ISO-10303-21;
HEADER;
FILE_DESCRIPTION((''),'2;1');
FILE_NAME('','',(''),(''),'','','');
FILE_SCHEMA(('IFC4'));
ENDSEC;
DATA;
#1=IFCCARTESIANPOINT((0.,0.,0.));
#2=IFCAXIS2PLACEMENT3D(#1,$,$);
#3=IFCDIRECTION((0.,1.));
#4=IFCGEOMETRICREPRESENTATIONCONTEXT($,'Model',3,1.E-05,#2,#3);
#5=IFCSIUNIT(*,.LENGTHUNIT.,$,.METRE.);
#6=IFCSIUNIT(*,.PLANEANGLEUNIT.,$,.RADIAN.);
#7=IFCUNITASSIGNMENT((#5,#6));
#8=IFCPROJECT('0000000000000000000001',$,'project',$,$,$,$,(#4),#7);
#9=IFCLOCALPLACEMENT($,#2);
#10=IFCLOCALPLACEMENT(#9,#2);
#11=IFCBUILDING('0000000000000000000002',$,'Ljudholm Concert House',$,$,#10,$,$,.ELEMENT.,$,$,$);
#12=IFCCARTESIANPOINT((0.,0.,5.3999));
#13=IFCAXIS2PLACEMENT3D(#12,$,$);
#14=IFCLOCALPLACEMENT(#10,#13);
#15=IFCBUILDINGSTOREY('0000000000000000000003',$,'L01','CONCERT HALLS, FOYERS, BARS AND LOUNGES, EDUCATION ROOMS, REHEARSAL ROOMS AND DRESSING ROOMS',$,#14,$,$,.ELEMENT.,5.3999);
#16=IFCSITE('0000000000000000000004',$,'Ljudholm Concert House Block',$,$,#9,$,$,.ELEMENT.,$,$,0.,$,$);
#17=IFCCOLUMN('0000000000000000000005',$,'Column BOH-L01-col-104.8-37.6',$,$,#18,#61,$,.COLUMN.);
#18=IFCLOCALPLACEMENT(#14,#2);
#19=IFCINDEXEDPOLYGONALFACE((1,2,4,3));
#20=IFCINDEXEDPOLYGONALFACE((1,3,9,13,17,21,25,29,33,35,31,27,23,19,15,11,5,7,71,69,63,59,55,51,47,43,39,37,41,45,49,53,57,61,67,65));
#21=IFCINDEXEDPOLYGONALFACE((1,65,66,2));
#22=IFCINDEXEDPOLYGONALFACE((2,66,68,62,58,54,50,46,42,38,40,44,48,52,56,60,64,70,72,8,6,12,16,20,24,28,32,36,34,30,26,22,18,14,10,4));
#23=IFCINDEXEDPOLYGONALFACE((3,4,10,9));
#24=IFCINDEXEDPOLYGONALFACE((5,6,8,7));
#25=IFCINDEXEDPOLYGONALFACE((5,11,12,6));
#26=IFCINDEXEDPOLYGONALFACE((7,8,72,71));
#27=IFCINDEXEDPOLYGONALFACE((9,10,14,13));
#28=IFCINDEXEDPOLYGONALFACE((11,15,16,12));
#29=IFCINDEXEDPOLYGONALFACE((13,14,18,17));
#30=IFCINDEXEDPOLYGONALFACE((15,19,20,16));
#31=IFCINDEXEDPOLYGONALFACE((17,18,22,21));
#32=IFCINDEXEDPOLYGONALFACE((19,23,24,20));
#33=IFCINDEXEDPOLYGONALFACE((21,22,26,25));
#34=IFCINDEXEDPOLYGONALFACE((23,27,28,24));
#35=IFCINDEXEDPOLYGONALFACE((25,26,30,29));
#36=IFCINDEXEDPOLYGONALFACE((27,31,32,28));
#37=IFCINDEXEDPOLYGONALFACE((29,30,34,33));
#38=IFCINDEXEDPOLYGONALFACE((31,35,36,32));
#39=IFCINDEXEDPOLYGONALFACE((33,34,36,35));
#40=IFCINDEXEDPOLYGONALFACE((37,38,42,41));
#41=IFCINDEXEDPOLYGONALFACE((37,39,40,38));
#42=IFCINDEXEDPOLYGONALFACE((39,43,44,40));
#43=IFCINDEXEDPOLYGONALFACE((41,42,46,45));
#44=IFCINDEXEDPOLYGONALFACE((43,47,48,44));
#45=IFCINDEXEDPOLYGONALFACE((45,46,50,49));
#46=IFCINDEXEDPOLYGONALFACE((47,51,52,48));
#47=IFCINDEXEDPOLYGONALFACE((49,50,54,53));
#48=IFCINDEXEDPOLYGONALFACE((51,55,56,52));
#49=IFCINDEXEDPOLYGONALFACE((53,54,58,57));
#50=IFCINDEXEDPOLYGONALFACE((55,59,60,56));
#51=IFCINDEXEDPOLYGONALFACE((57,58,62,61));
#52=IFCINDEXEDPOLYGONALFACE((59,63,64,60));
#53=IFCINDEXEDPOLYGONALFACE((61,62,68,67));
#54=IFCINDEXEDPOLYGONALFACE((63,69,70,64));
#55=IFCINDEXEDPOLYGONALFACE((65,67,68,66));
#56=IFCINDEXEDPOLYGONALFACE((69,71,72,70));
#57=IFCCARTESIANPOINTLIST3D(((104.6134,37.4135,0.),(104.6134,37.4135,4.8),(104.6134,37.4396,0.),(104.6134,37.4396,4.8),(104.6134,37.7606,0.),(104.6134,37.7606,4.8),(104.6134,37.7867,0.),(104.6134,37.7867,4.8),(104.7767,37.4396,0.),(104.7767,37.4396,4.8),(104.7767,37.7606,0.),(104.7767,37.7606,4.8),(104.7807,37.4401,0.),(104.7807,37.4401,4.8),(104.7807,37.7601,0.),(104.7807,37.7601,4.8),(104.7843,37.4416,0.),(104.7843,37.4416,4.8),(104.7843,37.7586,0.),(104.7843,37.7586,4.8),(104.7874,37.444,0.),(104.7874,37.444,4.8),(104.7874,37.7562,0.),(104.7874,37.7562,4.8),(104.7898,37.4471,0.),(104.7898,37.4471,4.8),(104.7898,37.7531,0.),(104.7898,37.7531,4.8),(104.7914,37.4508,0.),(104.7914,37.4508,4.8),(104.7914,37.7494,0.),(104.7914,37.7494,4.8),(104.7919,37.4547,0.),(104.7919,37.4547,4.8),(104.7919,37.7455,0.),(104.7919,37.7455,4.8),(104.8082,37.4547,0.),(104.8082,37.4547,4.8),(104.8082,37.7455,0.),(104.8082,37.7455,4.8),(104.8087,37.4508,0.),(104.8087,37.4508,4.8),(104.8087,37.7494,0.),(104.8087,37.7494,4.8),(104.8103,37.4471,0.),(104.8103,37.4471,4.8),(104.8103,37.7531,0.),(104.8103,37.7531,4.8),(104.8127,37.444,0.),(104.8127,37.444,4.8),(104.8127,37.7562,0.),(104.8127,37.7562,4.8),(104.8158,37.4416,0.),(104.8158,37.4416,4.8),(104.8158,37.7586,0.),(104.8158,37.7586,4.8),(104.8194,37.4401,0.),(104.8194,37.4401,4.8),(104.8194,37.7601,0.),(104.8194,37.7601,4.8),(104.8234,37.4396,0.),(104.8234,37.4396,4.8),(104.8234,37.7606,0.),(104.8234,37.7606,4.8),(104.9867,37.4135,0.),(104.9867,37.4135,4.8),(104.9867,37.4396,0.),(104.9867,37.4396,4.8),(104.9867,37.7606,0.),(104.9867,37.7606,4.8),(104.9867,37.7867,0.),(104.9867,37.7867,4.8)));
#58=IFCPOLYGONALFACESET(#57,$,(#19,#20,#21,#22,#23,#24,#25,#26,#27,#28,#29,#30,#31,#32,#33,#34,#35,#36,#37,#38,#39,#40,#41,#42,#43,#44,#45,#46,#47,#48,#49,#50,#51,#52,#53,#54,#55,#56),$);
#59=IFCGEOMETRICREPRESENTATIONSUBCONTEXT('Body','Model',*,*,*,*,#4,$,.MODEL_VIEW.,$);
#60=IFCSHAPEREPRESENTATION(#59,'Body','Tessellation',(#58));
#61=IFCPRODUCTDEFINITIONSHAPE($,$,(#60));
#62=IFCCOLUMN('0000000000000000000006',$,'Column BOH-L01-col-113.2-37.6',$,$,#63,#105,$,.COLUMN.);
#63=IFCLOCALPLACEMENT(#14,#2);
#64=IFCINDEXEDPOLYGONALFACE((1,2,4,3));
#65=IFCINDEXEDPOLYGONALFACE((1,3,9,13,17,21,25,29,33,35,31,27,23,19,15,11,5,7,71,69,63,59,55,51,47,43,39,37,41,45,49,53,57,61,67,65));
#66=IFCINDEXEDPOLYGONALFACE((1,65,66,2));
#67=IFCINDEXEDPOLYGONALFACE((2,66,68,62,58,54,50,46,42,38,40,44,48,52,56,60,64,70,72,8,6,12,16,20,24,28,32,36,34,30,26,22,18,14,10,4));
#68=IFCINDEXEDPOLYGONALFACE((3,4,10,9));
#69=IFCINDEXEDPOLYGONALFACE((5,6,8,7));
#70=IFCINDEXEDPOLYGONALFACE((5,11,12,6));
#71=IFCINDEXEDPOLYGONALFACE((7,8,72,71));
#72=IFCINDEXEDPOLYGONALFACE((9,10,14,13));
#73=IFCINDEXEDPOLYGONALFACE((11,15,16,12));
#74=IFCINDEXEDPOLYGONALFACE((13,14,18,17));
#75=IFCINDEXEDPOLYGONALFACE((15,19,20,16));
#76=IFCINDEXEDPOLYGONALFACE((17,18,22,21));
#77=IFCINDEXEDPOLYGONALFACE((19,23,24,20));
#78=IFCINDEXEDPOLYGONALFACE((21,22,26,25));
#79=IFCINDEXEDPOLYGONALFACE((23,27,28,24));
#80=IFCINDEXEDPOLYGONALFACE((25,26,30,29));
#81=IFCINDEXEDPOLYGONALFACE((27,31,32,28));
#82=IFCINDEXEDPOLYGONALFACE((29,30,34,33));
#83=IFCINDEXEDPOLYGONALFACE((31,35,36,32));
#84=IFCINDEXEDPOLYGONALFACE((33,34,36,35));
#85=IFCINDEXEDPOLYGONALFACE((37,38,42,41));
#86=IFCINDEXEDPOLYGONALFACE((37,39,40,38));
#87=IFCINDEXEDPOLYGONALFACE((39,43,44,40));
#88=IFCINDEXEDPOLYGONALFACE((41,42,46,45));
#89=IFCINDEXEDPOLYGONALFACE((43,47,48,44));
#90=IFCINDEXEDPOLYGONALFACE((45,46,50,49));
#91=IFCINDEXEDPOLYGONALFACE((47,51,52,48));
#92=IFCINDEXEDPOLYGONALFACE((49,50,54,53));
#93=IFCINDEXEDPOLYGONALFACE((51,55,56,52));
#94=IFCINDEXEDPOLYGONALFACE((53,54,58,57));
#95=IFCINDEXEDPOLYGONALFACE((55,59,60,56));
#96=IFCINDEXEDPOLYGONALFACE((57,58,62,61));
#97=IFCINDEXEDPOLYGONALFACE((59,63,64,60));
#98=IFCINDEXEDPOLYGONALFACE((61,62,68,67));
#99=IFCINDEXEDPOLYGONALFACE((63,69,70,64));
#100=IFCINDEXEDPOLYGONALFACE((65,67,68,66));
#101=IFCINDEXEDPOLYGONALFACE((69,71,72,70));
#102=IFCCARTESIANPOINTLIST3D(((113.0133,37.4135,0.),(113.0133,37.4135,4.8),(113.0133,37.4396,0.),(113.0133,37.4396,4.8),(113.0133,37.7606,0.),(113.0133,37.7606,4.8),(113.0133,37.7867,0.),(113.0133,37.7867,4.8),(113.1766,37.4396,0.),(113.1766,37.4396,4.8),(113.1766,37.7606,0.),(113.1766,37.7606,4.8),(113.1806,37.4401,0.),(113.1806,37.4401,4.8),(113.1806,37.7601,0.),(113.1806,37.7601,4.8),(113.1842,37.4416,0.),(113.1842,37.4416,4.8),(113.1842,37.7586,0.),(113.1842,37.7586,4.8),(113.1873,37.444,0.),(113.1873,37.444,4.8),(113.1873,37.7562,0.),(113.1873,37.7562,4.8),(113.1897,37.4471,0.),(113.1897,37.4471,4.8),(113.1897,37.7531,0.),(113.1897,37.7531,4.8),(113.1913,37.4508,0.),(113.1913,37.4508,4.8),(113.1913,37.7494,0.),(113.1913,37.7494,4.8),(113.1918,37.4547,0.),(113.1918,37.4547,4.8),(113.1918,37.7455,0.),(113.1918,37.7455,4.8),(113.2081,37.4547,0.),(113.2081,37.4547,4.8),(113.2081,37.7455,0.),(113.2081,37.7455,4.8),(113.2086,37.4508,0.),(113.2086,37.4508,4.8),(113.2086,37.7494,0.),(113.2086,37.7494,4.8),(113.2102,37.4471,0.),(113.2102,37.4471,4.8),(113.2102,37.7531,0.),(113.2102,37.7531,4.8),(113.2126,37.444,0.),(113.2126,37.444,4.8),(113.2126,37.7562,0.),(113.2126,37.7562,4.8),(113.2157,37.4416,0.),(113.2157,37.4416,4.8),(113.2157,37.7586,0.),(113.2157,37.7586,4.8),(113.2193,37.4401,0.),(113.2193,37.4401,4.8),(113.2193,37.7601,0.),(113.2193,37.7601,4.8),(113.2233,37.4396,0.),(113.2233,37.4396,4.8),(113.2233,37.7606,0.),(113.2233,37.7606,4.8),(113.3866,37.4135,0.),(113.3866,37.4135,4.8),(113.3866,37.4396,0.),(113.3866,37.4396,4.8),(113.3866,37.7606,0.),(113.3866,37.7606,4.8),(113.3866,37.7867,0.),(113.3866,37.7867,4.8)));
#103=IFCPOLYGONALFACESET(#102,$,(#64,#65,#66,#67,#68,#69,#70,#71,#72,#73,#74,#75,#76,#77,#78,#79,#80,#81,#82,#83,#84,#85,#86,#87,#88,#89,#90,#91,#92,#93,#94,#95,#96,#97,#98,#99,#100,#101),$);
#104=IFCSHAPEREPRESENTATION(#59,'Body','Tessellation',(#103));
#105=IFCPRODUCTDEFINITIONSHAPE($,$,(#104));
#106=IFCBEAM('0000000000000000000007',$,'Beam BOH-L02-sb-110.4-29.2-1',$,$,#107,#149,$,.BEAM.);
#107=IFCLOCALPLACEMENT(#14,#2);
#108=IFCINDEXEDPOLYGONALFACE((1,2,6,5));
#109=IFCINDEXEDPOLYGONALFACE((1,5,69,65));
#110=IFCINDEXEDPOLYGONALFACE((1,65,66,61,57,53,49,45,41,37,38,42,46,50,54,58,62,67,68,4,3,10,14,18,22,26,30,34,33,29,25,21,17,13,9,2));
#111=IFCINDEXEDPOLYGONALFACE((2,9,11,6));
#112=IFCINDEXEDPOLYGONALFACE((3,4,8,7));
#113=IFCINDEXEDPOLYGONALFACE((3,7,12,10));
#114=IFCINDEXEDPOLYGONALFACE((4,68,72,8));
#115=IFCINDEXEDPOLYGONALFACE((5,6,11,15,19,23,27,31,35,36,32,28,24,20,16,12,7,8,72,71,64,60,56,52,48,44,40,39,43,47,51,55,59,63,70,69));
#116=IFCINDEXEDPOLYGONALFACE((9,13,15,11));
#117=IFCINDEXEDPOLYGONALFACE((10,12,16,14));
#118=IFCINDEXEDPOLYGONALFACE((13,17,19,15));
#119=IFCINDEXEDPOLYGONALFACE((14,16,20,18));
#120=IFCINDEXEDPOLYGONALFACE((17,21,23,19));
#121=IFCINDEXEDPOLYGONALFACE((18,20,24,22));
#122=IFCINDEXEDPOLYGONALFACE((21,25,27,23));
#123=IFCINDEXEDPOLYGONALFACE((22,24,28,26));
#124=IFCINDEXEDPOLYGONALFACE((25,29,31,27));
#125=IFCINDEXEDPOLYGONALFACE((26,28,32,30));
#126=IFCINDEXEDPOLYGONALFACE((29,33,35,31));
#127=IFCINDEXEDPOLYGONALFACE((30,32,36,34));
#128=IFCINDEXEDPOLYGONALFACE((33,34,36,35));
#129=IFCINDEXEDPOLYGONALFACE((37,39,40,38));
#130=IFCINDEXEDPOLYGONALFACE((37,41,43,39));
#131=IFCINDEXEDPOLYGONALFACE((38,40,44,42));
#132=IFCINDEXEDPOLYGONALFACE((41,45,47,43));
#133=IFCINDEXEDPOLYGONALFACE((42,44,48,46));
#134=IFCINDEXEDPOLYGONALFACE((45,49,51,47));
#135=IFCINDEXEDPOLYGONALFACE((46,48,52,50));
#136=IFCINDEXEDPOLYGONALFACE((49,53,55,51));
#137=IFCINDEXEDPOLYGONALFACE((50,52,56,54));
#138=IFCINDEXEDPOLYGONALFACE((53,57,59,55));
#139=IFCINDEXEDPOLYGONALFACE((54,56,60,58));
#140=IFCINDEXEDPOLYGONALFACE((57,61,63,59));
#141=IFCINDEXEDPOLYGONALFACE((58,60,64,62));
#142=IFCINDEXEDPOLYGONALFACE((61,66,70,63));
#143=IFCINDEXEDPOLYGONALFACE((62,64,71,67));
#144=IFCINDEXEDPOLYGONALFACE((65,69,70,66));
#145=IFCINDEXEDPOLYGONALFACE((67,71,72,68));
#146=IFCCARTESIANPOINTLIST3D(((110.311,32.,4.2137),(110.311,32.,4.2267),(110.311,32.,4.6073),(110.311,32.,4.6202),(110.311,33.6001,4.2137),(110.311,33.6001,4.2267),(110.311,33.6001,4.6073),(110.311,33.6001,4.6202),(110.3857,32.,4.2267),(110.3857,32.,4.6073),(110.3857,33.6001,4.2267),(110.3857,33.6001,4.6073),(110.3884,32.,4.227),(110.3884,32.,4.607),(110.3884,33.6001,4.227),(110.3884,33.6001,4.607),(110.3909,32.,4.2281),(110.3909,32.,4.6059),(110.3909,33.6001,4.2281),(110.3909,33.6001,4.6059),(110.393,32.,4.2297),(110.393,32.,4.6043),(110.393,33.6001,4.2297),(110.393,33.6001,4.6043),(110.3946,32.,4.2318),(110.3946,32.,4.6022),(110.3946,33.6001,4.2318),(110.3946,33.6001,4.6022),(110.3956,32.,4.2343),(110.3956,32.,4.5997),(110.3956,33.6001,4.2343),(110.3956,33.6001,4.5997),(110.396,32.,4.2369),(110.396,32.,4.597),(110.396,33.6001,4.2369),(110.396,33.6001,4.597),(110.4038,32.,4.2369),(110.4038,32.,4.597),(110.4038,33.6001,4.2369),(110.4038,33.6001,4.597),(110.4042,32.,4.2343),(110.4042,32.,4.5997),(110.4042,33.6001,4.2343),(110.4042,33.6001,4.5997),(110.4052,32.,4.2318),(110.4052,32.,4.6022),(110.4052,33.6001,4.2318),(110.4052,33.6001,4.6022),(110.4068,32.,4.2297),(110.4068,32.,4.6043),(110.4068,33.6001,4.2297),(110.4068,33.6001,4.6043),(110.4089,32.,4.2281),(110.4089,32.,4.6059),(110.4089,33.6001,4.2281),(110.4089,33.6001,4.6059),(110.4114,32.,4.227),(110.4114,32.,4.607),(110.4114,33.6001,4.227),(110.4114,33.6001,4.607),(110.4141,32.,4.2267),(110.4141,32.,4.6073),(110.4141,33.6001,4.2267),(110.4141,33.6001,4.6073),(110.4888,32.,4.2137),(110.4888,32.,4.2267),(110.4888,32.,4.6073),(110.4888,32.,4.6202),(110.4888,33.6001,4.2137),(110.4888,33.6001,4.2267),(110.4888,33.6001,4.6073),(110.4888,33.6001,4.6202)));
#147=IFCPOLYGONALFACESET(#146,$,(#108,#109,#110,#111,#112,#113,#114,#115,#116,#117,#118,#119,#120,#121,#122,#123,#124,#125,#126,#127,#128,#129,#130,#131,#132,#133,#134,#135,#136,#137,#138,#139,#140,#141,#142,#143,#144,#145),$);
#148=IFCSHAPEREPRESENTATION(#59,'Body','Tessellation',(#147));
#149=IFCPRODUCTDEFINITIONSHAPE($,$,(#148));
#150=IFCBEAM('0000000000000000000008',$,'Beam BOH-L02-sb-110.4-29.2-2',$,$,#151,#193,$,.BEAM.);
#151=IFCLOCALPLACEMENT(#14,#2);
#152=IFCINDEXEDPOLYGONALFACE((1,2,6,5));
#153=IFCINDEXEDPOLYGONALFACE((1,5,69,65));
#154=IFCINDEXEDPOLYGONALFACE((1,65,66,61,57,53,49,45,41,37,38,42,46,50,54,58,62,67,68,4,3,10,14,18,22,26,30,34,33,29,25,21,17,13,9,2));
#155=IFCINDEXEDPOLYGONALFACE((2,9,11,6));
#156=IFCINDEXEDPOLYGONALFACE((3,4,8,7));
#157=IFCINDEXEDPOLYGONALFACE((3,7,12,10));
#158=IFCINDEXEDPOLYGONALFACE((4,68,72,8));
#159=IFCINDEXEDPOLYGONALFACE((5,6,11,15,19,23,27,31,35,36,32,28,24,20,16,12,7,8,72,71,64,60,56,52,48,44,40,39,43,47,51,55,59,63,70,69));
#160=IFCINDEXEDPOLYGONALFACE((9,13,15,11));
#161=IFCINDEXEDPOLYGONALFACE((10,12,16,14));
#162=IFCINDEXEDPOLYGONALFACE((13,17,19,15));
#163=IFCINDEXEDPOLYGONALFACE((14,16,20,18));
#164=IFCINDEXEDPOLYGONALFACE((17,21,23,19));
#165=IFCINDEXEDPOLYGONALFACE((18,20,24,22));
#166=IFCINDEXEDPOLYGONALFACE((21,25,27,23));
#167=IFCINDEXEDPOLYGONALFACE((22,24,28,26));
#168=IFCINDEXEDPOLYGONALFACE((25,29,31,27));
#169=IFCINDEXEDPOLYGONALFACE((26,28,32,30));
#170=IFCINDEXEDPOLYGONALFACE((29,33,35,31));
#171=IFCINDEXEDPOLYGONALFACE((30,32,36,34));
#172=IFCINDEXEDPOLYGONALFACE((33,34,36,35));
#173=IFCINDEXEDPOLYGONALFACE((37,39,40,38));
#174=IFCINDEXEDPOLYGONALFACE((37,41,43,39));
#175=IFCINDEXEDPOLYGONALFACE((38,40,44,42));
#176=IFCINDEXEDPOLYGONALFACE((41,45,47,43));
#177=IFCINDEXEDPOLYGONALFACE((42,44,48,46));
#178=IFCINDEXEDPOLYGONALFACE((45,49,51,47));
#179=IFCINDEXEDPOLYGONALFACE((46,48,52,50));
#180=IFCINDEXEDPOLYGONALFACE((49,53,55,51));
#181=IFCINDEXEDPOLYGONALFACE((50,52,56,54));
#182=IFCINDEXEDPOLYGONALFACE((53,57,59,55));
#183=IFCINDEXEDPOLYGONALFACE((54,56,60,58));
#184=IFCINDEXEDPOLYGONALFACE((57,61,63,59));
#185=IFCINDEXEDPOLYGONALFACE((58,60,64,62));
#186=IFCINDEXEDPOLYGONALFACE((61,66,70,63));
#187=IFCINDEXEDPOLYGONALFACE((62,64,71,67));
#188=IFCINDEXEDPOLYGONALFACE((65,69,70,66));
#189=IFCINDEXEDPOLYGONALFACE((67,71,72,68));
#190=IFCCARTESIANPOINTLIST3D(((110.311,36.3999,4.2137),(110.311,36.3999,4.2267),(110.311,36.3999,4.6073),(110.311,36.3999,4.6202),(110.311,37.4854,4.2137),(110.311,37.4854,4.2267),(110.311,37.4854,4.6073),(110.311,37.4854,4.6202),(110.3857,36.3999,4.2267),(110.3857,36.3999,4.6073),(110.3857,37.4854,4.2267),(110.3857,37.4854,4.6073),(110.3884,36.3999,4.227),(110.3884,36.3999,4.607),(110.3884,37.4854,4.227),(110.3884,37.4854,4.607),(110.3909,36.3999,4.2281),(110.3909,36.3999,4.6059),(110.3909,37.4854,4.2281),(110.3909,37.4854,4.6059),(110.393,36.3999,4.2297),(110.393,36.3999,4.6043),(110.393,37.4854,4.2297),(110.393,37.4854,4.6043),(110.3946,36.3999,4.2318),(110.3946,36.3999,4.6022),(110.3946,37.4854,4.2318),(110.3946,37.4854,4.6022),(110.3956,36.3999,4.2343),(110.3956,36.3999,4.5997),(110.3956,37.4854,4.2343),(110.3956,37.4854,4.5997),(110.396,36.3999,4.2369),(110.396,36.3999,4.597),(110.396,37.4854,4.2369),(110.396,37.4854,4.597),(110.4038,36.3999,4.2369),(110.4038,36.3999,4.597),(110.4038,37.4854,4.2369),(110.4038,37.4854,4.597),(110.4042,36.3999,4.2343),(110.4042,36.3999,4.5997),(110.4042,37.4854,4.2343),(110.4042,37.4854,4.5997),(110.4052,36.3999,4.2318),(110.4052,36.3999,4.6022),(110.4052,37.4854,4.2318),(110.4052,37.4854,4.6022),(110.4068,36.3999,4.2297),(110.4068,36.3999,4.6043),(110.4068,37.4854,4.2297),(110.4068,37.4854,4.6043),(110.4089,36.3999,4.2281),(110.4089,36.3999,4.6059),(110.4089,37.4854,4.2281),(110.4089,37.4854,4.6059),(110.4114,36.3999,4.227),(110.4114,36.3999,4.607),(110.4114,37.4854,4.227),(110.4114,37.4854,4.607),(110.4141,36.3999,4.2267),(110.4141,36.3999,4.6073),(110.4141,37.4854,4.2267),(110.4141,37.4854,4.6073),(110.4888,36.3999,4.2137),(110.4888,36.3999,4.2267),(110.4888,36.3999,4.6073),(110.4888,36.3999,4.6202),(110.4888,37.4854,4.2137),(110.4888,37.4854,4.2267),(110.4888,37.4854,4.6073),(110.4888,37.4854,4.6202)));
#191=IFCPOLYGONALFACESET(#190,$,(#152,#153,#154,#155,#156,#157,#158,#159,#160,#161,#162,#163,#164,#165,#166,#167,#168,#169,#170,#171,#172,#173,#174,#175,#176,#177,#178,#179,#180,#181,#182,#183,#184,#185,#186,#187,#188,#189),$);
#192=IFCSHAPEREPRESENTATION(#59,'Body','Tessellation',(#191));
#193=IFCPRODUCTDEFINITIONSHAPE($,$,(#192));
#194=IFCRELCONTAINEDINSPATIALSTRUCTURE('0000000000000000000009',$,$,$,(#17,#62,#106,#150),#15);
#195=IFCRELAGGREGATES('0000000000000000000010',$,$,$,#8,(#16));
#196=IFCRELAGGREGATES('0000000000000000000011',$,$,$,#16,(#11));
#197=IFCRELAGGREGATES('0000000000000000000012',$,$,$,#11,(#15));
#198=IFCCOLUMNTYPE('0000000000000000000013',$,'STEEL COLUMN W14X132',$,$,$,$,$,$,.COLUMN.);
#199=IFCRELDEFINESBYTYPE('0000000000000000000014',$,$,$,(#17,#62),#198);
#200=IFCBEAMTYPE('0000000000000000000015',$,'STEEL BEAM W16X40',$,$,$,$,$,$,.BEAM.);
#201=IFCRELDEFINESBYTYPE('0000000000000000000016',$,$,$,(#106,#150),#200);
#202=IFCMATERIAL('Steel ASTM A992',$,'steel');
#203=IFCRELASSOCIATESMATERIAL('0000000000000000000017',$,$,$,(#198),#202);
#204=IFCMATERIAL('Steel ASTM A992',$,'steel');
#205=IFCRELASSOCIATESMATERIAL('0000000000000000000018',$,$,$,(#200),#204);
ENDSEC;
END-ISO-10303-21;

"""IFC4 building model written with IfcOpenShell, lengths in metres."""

from ifc_helpers import new_model, si_unit, direction, frame, origin, origin_2d, place, context, subcontext, project, spatial, i_section, extrude, material, material_profile, profile_set, type_object, element, save


model = new_model("IFC4")

# Units and contexts
model_context = context("Model", 3, precision=1e-05, world=origin(), true_north=direction((0.0, 1.0)))
body_context = subcontext(model_context, "Body", "Model", "MODEL_VIEW")
ifc_project = project(units=[si_unit("LENGTHUNIT", "METRE"), si_unit("PLANEANGLEUNIT", "RADIAN")], contexts=[model_context])

# Site, building, storey
site_placement = place(None, origin())
site = spatial("IfcSite", under=ifc_project, at=site_placement, Name="Ljudholm Concert House Block", CompositionType="ELEMENT", RefElevation=0.0)
building_placement = place(site_placement, origin())
building = spatial("IfcBuilding", under=site, at=building_placement, Name="Ljudholm Concert House", CompositionType="ELEMENT")
storey_placement = place(building_placement, frame((0.0, 0.0, 5.3999)))
storey = spatial("IfcBuildingStorey", under=building, at=storey_placement, Name="L01", Description="CONCERT HALLS, FOYERS, BARS AND LOUNGES, EDUCATION ROOMS, REHEARSAL ROOMS AND DRESSING ROOMS", CompositionType="ELEMENT", Elevation=5.3999)

# Columns
ifc_material_1 = material(Name="Steel ASTM A992", Category="steel")
ifc_material_profile_1 = material_profile(ifc_material_1, i_section(OverallWidth=0.3733, OverallDepth=0.3733, WebThickness=0.0164, FlangeThickness=0.0261, FilletRadius=0.0151, at=origin_2d()), Name="W14X132")
ifc_profile_set_1 = profile_set([ifc_material_profile_1], Name="Steel ASTM A992")
column_type = type_object("IfcColumnType", Name="STEEL COLUMN W14X132", PredefinedType="COLUMN", material=ifc_profile_set_1)
for number, where, z_axis, x_axis, name in (
    (1, (104.8, 37.6001, 0.0), (0.0, 0.0, 1.0), (1.0, 0.0, 0.0), "Column BOH-L01-col-104.8-37.6"),
    (2, (113.2, 37.6001, 0.0), (0.0, 0.0, 1.0), (1.0, 0.0, 0.0), "Column BOH-L01-col-113.2-37.6"),
):
    element("IfcColumn", number, at=place(storey_placement, frame(where, z_axis=z_axis, x_axis=x_axis)), inside=storey, type_object=column_type, Name=name, PredefinedType="COLUMN", context=body_context, shape_type="SweptSolid", body=[
        extrude(i_section(OverallWidth=0.3733, OverallDepth=0.3733, WebThickness=0.0164, FlangeThickness=0.0261, FilletRadius=0.0151, at=origin_2d()), origin(), (0.0, 0.0, 1.0), 4.8),
    ])

# Beams
ifc_material_2 = material(Name="Steel ASTM A992", Category="steel")
ifc_material_profile_2 = material_profile(ifc_material_2, i_section(OverallWidth=0.1777, OverallDepth=0.4065, WebThickness=0.0078, FlangeThickness=0.0129, FilletRadius=0.0103, at=origin_2d()), Name="W16X40")
ifc_profile_set_2 = profile_set([ifc_material_profile_2], Name="Steel ASTM A992")
beam_type_1 = type_object("IfcBeamType", Name="STEEL BEAM W16X40", PredefinedType="BEAM", material=ifc_profile_set_2)
beam_1_placement = place(storey_placement, frame((110.3999, 32.0, 4.417), z_axis=(0.0, 1.0, 0.0), x_axis=(-1.0, 0.0, 0.0)))
element("IfcBeam", 3, at=beam_1_placement, inside=storey, type_object=beam_type_1, Name="Beam BOH-L02-sb-110.4-29.2-1", PredefinedType="BEAM", context=body_context, shape_type="SweptSolid", body=[
    extrude(i_section(OverallWidth=0.1777, OverallDepth=0.4065, WebThickness=0.0078, FlangeThickness=0.0129, FilletRadius=0.0103, at=origin_2d()), origin(), (0.0, 0.0, 1.0), 1.6001),
])
beam_2_placement = place(storey_placement, frame((110.3999, 36.3999, 4.417), z_axis=(0.0, 1.0, 0.0), x_axis=(-1.0, 0.0, 0.0)))
element("IfcBeam", 4, at=beam_2_placement, inside=storey, type_object=beam_type_1, Name="Beam BOH-L02-sb-110.4-29.2-2", PredefinedType="BEAM", context=body_context, shape_type="SweptSolid", body=[
    extrude(i_section(OverallWidth=0.1777, OverallDepth=0.4065, WebThickness=0.0078, FlangeThickness=0.0129, FilletRadius=0.0103, at=origin_2d()), origin(), (0.0, 0.0, 1.0), 1.0854),
])

save(model, "model.ifc")
